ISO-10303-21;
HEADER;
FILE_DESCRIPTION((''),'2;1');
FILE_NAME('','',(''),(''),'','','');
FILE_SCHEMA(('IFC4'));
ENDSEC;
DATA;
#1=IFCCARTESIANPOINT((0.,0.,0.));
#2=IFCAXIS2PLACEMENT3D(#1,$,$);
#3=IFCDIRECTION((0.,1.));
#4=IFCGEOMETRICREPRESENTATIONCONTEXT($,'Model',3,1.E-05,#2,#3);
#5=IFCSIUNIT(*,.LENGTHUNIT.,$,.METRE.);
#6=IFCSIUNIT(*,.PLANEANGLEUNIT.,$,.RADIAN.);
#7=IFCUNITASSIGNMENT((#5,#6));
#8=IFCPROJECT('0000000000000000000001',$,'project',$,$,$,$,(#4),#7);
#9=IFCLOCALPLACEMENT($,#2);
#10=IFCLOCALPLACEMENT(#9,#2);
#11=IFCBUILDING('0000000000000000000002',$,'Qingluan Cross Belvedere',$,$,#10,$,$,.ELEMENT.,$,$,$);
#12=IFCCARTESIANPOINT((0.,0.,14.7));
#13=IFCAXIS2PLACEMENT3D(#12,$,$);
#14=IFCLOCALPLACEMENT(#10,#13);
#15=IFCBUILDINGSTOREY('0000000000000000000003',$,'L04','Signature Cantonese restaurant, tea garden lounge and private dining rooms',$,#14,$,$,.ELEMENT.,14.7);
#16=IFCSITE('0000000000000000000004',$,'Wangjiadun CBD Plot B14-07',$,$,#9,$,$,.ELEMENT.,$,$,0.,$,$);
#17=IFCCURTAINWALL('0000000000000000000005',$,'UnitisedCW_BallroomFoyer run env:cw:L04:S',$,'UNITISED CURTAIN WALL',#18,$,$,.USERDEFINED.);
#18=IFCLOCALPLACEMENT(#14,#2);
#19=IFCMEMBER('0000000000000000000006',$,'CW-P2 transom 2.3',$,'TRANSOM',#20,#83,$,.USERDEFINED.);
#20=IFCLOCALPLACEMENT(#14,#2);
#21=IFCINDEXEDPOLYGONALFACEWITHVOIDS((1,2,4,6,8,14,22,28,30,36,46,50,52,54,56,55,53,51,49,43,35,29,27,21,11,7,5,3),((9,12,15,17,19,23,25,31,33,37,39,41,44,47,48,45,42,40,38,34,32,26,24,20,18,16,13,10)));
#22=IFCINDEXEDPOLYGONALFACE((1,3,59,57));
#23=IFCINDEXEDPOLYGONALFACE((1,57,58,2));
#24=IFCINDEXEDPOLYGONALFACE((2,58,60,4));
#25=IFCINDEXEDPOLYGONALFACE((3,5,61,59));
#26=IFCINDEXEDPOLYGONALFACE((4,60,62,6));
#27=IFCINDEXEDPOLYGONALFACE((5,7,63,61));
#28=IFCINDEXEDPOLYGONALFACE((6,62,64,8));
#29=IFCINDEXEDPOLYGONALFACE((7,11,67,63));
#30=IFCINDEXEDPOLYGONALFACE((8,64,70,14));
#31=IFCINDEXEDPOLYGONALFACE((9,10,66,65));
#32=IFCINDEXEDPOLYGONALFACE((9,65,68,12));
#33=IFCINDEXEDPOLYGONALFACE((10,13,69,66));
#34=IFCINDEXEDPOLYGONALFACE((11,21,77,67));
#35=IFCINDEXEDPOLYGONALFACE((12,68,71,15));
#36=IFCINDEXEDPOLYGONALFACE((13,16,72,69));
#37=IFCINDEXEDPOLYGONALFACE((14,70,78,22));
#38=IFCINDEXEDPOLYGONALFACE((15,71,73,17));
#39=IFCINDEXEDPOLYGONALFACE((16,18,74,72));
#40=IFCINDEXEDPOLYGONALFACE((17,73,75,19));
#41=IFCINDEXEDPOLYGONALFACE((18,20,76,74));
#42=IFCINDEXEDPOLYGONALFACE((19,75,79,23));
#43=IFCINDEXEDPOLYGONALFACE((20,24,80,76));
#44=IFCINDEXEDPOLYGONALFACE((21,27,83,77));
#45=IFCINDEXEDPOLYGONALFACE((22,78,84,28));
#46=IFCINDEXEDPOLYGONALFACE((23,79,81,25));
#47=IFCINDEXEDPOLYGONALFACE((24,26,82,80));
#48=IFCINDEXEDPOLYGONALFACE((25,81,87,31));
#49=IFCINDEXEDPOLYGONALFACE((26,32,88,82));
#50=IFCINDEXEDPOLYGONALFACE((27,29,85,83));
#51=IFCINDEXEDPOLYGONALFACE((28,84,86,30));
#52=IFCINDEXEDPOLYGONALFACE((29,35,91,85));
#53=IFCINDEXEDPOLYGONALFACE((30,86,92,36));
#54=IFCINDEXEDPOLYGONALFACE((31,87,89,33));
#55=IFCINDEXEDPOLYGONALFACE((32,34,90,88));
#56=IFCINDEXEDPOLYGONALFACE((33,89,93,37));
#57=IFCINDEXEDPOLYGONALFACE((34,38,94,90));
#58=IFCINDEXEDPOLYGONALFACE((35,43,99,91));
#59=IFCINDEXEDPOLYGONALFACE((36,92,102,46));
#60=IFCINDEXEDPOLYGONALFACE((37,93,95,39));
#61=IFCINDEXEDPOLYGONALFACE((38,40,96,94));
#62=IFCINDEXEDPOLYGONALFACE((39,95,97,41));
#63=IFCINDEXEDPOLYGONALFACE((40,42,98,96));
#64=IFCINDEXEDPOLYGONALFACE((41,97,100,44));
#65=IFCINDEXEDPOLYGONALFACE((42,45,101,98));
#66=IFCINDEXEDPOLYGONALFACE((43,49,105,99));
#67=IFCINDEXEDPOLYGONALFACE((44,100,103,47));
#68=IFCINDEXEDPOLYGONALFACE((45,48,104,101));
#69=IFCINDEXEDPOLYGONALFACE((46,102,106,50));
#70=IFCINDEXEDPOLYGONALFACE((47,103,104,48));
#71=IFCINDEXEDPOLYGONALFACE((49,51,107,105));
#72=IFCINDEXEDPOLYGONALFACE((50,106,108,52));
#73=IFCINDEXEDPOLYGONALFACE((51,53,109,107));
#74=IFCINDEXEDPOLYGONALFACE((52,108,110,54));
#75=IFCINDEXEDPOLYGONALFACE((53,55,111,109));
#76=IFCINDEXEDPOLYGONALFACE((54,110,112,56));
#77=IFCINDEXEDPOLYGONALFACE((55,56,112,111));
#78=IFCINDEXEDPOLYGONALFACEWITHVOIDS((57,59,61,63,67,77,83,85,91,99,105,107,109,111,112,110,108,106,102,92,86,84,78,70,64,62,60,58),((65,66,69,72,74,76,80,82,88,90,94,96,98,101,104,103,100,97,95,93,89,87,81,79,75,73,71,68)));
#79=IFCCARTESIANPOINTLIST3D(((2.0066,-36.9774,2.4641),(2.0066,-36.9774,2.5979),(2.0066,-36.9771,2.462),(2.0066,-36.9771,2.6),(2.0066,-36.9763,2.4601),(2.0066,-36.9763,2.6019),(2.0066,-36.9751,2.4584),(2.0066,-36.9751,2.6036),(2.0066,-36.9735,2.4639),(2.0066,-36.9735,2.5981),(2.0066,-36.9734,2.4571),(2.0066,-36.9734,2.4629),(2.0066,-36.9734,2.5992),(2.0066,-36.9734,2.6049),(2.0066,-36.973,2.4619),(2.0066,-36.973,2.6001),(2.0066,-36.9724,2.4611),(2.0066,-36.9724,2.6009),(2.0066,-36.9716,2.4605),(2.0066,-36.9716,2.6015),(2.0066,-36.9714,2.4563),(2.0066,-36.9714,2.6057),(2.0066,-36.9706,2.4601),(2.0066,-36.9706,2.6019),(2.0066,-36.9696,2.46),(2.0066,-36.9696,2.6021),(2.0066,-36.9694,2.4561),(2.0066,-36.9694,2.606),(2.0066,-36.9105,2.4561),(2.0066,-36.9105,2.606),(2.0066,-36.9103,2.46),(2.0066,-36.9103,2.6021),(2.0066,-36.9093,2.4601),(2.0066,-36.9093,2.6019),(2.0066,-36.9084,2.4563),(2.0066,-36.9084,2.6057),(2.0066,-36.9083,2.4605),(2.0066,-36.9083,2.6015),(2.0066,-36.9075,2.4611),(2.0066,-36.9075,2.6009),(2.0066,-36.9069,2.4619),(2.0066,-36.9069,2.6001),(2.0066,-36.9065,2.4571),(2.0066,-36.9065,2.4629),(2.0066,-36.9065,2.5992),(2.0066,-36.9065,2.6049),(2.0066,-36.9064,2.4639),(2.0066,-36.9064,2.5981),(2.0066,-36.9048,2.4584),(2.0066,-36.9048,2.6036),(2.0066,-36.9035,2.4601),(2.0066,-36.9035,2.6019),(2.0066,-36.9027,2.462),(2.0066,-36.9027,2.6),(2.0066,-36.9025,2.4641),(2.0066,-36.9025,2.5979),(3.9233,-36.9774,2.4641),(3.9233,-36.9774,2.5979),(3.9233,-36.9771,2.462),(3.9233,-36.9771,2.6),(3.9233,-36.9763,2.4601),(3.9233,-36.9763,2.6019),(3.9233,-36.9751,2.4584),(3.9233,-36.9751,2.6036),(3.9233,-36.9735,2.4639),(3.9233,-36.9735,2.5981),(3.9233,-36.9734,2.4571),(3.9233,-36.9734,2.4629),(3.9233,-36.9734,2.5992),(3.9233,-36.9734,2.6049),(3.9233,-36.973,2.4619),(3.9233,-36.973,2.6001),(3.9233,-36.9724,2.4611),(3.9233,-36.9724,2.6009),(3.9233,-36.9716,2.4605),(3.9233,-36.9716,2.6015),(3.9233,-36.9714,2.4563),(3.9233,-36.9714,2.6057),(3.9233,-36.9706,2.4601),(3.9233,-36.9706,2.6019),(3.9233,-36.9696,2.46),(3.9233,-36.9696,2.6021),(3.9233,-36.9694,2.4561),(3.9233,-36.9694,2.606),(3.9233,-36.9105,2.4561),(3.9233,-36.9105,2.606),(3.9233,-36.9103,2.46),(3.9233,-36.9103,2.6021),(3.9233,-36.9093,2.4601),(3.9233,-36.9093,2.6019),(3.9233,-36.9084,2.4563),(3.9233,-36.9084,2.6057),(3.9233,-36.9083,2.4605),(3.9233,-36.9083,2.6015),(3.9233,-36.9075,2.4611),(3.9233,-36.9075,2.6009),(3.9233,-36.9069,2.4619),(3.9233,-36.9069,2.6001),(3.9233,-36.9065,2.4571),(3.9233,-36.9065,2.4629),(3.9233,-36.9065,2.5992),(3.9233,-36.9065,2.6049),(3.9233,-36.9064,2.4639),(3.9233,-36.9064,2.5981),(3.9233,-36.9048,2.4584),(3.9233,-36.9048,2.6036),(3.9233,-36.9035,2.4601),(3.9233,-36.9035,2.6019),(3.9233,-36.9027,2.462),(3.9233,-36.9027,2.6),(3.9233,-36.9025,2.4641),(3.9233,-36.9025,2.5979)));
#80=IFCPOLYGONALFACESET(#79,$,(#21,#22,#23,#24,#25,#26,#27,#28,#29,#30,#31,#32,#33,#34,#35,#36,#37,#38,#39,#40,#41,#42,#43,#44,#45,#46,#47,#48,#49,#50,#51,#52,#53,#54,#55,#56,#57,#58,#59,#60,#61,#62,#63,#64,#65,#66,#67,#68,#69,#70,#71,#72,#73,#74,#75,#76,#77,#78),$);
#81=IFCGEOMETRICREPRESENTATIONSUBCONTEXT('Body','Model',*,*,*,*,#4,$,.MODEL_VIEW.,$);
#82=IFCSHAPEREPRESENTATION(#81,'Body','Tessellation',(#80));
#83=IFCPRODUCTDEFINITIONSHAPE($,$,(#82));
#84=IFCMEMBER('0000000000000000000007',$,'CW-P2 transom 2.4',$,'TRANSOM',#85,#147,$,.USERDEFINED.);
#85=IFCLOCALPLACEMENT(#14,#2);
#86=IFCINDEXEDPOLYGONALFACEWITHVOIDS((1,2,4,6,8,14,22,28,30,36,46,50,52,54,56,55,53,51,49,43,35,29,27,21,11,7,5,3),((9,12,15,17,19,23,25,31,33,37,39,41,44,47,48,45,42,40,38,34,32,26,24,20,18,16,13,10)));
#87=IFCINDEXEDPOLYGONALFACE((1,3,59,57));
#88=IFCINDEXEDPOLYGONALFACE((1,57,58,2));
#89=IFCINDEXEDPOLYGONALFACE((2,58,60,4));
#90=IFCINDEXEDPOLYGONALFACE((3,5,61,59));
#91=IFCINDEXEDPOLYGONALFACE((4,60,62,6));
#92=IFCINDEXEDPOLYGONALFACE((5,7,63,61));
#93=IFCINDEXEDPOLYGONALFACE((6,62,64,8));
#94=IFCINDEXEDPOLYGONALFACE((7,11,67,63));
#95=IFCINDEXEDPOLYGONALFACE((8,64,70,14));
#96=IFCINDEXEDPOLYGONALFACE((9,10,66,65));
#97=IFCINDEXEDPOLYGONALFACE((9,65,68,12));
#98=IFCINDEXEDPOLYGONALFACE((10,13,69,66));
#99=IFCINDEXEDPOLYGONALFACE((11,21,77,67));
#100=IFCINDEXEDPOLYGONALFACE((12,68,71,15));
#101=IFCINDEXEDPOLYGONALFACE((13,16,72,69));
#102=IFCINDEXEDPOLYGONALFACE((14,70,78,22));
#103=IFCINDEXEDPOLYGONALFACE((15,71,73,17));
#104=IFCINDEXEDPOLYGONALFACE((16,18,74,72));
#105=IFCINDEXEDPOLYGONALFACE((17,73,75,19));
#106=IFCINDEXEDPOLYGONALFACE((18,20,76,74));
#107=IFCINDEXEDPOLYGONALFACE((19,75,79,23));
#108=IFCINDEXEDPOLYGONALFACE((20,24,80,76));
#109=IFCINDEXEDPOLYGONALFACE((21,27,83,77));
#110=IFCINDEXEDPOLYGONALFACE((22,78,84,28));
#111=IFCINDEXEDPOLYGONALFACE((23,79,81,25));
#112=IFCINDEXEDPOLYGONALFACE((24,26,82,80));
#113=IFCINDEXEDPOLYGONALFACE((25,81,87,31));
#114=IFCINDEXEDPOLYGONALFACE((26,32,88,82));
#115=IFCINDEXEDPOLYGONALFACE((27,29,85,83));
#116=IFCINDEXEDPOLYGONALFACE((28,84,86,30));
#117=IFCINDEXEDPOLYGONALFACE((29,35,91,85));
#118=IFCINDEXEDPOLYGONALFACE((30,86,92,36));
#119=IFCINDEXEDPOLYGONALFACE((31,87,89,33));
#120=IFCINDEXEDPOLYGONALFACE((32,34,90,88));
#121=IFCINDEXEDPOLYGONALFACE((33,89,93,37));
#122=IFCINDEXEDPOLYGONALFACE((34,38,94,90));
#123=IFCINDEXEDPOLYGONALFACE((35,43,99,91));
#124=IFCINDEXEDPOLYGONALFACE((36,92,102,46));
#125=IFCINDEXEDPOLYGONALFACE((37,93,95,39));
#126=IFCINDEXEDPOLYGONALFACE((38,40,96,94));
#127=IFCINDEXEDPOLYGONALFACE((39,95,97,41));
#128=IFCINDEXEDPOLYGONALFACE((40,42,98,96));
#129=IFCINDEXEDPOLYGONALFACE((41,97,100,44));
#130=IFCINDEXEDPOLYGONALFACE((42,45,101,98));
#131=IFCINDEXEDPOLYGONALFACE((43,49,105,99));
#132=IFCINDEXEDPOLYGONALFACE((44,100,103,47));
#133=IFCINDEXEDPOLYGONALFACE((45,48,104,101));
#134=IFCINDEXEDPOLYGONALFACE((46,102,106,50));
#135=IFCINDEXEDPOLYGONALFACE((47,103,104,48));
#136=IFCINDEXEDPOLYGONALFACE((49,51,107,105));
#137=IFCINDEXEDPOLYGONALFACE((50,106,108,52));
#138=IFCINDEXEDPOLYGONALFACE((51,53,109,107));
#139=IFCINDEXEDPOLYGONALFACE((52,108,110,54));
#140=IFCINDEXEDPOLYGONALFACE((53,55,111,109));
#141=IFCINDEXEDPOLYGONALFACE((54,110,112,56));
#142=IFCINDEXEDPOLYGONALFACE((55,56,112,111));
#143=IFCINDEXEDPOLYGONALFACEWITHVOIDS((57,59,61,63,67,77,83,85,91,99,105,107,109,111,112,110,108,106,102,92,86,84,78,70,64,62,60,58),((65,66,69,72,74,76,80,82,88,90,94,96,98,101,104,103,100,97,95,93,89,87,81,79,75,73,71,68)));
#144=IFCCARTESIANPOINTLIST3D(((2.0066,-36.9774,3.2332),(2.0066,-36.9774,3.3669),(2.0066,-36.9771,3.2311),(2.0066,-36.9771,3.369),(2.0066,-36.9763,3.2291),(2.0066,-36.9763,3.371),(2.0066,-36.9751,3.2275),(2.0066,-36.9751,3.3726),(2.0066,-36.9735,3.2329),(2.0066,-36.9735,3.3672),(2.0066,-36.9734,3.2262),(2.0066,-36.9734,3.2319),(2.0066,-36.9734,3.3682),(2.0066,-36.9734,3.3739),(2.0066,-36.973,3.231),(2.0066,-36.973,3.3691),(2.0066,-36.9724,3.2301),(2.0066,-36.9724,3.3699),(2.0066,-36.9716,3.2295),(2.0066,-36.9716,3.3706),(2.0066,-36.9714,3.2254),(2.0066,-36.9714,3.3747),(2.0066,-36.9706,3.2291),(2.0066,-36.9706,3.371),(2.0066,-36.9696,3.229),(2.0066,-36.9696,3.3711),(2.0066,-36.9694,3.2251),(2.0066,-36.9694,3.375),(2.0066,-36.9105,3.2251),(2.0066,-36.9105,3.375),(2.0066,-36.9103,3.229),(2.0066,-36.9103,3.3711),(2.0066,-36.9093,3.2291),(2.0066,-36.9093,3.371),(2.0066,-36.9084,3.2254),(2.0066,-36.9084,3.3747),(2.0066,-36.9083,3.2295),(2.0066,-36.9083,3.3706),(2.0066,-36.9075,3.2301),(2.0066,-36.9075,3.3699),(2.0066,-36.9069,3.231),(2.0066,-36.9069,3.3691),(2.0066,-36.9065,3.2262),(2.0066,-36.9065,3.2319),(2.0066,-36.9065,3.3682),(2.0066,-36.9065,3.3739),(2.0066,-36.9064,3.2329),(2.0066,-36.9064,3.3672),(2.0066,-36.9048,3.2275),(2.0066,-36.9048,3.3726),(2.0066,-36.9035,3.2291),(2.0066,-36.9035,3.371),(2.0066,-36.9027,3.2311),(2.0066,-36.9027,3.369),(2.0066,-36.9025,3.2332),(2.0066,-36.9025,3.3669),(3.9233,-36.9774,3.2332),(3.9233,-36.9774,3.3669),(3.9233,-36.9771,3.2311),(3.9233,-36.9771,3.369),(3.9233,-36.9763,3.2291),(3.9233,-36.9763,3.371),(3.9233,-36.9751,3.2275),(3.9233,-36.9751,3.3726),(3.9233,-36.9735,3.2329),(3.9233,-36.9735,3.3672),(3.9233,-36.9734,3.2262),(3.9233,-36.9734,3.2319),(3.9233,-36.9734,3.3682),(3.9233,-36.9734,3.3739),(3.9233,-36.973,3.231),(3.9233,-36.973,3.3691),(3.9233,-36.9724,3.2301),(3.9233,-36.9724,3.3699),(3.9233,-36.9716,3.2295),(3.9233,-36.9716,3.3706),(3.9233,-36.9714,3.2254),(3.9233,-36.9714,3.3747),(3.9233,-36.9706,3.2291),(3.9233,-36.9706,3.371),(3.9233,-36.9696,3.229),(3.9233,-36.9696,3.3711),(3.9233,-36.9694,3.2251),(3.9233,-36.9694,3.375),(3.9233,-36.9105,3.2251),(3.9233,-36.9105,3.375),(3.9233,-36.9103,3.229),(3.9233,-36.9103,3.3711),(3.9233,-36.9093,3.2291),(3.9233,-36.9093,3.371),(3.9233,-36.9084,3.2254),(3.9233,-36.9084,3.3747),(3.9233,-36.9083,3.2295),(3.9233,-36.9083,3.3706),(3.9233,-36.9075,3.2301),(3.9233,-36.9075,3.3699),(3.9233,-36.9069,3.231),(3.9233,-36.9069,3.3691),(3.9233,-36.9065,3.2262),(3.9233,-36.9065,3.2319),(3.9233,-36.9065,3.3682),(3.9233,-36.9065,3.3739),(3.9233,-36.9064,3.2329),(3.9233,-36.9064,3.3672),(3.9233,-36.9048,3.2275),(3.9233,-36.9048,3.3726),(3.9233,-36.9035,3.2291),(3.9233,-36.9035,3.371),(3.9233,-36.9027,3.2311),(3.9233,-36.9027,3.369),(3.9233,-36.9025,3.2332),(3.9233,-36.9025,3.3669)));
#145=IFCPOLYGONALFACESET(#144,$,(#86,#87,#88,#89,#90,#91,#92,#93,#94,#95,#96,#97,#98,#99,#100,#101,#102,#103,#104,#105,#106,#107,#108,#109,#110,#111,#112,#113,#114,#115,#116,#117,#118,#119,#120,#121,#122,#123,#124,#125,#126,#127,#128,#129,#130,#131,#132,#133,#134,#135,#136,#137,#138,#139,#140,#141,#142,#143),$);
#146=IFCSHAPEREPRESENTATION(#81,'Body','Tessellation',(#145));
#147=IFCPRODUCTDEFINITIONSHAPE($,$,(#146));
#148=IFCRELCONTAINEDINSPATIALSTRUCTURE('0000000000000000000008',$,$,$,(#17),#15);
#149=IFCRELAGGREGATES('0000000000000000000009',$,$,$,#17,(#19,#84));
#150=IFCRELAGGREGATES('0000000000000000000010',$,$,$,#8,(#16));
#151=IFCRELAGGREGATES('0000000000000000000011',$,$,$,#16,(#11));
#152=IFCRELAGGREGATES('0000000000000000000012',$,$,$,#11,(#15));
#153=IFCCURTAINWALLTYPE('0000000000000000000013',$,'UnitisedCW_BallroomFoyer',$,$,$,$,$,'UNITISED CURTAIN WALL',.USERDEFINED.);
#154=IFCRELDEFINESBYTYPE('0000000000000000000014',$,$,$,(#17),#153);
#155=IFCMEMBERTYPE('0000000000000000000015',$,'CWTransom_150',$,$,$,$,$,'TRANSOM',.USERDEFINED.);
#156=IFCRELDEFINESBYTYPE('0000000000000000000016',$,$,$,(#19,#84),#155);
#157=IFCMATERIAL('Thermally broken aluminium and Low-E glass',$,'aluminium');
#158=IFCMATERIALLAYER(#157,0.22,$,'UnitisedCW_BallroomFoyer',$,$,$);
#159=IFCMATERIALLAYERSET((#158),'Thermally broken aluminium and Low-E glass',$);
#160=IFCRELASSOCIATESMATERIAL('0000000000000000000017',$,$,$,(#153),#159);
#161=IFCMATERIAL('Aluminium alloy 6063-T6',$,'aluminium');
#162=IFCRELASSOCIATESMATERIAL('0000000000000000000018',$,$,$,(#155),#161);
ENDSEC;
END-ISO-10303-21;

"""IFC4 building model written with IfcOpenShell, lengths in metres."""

from ifc_helpers import new_model, si_unit, direction, frame, origin, origin_2d, place, context, subcontext, project, spatial, hollow_rectangle, extrude, material, layer, layer_set, material_profile, profile_set, type_object, element, aggregate, save


model = new_model("IFC4")

# Units and contexts
model_context = context("Model", 3, precision=1e-05, world=origin(), true_north=direction((0.0, 1.0)))
body_context = subcontext(model_context, "Body", "Model", "MODEL_VIEW")
ifc_project = project(units=[si_unit("LENGTHUNIT", "METRE"), si_unit("PLANEANGLEUNIT", "RADIAN")], contexts=[model_context])

# Site, building, storey
site_placement = place(None, origin())
site = spatial("IfcSite", under=ifc_project, at=site_placement, Name="Wangjiadun CBD Plot B14-07", CompositionType="ELEMENT", RefElevation=0.0)
building_placement = place(site_placement, origin())
building = spatial("IfcBuilding", under=site, at=building_placement, Name="Qingluan Cross Belvedere", CompositionType="ELEMENT")
storey_placement = place(building_placement, frame((0.0, 0.0, 14.7)))
storey = spatial("IfcBuildingStorey", under=building, at=storey_placement, Name="L04", Description="Signature Cantonese restaurant, tea garden lounge and private dining rooms", CompositionType="ELEMENT", Elevation=14.7)

# Curtain wall, members
ifc_material_1 = material(Name="Thermally broken aluminium and Low-E glass", Category="aluminium")
ifc_layer_1 = layer(ifc_material_1, 0.22, Name="UnitisedCW_BallroomFoyer")
ifc_layer_set_1 = layer_set([ifc_layer_1], Name="Thermally broken aluminium and Low-E glass")
curtain_wall_type = type_object("IfcCurtainWallType", Name="UnitisedCW_BallroomFoyer", ElementType="UNITISED CURTAIN WALL", PredefinedType="USERDEFINED", material=ifc_layer_set_1)
curtain_wall_placement = place(storey_placement, origin())
curtain_wall = element("IfcCurtainWall", 1, at=curtain_wall_placement, inside=storey, type_object=curtain_wall_type, Name="UnitisedCW_BallroomFoyer run env:cw:L04:S", ObjectType="UNITISED CURTAIN WALL", PredefinedType="USERDEFINED")
ifc_material_2 = material(Name="Aluminium alloy 6063-T6", Category="aluminium")
ifc_material_profile_1 = material_profile(ifc_material_2, hollow_rectangle(XDim=0.075, YDim=0.1499, WallThickness=0.0039, InnerFilletRadius=0.0039, OuterFilletRadius=0.0081, at=origin_2d()), Name="CWT150x75x4")
ifc_profile_set_1 = profile_set([ifc_material_profile_1], Name="Aluminium alloy 6063-T6")
member_type_1 = type_object("IfcMemberType", Name="CWTransom_150", ElementType="TRANSOM", PredefinedType="USERDEFINED", material=ifc_profile_set_1)
member_1_placement = place(storey_placement, frame((3.9233, -36.9399, 2.531), z_axis=(-1.0, 0.0, 0.0), x_axis=(0.0, -1.0, 0.0)))
member_1 = element("IfcMember", 2, at=member_1_placement, type_object=member_type_1, Name="CW-P2 transom 2.3", ObjectType="TRANSOM", PredefinedType="USERDEFINED", context=body_context, shape_type="SweptSolid", body=[
    extrude(hollow_rectangle(XDim=0.075, YDim=0.1499, WallThickness=0.0039, InnerFilletRadius=0.0039, OuterFilletRadius=0.0081, at=origin_2d()), origin(), (0.0, 0.0, 1.0), 1.9167),
])
member_2_placement = place(storey_placement, frame((3.9233, -36.9399, 3.3), z_axis=(-1.0, 0.0, 0.0), x_axis=(0.0, -1.0, 0.0)))
member_2 = element("IfcMember", 3, at=member_2_placement, type_object=member_type_1, Name="CW-P2 transom 2.4", ObjectType="TRANSOM", PredefinedType="USERDEFINED", context=body_context, shape_type="SweptSolid", body=[
    extrude(hollow_rectangle(XDim=0.075, YDim=0.1499, WallThickness=0.0039, InnerFilletRadius=0.0039, OuterFilletRadius=0.0081, at=origin_2d()), origin(), (0.0, 0.0, 1.0), 1.9167),
])
aggregate(curtain_wall, [member_1, member_2])

save(model, "model.ifc")
